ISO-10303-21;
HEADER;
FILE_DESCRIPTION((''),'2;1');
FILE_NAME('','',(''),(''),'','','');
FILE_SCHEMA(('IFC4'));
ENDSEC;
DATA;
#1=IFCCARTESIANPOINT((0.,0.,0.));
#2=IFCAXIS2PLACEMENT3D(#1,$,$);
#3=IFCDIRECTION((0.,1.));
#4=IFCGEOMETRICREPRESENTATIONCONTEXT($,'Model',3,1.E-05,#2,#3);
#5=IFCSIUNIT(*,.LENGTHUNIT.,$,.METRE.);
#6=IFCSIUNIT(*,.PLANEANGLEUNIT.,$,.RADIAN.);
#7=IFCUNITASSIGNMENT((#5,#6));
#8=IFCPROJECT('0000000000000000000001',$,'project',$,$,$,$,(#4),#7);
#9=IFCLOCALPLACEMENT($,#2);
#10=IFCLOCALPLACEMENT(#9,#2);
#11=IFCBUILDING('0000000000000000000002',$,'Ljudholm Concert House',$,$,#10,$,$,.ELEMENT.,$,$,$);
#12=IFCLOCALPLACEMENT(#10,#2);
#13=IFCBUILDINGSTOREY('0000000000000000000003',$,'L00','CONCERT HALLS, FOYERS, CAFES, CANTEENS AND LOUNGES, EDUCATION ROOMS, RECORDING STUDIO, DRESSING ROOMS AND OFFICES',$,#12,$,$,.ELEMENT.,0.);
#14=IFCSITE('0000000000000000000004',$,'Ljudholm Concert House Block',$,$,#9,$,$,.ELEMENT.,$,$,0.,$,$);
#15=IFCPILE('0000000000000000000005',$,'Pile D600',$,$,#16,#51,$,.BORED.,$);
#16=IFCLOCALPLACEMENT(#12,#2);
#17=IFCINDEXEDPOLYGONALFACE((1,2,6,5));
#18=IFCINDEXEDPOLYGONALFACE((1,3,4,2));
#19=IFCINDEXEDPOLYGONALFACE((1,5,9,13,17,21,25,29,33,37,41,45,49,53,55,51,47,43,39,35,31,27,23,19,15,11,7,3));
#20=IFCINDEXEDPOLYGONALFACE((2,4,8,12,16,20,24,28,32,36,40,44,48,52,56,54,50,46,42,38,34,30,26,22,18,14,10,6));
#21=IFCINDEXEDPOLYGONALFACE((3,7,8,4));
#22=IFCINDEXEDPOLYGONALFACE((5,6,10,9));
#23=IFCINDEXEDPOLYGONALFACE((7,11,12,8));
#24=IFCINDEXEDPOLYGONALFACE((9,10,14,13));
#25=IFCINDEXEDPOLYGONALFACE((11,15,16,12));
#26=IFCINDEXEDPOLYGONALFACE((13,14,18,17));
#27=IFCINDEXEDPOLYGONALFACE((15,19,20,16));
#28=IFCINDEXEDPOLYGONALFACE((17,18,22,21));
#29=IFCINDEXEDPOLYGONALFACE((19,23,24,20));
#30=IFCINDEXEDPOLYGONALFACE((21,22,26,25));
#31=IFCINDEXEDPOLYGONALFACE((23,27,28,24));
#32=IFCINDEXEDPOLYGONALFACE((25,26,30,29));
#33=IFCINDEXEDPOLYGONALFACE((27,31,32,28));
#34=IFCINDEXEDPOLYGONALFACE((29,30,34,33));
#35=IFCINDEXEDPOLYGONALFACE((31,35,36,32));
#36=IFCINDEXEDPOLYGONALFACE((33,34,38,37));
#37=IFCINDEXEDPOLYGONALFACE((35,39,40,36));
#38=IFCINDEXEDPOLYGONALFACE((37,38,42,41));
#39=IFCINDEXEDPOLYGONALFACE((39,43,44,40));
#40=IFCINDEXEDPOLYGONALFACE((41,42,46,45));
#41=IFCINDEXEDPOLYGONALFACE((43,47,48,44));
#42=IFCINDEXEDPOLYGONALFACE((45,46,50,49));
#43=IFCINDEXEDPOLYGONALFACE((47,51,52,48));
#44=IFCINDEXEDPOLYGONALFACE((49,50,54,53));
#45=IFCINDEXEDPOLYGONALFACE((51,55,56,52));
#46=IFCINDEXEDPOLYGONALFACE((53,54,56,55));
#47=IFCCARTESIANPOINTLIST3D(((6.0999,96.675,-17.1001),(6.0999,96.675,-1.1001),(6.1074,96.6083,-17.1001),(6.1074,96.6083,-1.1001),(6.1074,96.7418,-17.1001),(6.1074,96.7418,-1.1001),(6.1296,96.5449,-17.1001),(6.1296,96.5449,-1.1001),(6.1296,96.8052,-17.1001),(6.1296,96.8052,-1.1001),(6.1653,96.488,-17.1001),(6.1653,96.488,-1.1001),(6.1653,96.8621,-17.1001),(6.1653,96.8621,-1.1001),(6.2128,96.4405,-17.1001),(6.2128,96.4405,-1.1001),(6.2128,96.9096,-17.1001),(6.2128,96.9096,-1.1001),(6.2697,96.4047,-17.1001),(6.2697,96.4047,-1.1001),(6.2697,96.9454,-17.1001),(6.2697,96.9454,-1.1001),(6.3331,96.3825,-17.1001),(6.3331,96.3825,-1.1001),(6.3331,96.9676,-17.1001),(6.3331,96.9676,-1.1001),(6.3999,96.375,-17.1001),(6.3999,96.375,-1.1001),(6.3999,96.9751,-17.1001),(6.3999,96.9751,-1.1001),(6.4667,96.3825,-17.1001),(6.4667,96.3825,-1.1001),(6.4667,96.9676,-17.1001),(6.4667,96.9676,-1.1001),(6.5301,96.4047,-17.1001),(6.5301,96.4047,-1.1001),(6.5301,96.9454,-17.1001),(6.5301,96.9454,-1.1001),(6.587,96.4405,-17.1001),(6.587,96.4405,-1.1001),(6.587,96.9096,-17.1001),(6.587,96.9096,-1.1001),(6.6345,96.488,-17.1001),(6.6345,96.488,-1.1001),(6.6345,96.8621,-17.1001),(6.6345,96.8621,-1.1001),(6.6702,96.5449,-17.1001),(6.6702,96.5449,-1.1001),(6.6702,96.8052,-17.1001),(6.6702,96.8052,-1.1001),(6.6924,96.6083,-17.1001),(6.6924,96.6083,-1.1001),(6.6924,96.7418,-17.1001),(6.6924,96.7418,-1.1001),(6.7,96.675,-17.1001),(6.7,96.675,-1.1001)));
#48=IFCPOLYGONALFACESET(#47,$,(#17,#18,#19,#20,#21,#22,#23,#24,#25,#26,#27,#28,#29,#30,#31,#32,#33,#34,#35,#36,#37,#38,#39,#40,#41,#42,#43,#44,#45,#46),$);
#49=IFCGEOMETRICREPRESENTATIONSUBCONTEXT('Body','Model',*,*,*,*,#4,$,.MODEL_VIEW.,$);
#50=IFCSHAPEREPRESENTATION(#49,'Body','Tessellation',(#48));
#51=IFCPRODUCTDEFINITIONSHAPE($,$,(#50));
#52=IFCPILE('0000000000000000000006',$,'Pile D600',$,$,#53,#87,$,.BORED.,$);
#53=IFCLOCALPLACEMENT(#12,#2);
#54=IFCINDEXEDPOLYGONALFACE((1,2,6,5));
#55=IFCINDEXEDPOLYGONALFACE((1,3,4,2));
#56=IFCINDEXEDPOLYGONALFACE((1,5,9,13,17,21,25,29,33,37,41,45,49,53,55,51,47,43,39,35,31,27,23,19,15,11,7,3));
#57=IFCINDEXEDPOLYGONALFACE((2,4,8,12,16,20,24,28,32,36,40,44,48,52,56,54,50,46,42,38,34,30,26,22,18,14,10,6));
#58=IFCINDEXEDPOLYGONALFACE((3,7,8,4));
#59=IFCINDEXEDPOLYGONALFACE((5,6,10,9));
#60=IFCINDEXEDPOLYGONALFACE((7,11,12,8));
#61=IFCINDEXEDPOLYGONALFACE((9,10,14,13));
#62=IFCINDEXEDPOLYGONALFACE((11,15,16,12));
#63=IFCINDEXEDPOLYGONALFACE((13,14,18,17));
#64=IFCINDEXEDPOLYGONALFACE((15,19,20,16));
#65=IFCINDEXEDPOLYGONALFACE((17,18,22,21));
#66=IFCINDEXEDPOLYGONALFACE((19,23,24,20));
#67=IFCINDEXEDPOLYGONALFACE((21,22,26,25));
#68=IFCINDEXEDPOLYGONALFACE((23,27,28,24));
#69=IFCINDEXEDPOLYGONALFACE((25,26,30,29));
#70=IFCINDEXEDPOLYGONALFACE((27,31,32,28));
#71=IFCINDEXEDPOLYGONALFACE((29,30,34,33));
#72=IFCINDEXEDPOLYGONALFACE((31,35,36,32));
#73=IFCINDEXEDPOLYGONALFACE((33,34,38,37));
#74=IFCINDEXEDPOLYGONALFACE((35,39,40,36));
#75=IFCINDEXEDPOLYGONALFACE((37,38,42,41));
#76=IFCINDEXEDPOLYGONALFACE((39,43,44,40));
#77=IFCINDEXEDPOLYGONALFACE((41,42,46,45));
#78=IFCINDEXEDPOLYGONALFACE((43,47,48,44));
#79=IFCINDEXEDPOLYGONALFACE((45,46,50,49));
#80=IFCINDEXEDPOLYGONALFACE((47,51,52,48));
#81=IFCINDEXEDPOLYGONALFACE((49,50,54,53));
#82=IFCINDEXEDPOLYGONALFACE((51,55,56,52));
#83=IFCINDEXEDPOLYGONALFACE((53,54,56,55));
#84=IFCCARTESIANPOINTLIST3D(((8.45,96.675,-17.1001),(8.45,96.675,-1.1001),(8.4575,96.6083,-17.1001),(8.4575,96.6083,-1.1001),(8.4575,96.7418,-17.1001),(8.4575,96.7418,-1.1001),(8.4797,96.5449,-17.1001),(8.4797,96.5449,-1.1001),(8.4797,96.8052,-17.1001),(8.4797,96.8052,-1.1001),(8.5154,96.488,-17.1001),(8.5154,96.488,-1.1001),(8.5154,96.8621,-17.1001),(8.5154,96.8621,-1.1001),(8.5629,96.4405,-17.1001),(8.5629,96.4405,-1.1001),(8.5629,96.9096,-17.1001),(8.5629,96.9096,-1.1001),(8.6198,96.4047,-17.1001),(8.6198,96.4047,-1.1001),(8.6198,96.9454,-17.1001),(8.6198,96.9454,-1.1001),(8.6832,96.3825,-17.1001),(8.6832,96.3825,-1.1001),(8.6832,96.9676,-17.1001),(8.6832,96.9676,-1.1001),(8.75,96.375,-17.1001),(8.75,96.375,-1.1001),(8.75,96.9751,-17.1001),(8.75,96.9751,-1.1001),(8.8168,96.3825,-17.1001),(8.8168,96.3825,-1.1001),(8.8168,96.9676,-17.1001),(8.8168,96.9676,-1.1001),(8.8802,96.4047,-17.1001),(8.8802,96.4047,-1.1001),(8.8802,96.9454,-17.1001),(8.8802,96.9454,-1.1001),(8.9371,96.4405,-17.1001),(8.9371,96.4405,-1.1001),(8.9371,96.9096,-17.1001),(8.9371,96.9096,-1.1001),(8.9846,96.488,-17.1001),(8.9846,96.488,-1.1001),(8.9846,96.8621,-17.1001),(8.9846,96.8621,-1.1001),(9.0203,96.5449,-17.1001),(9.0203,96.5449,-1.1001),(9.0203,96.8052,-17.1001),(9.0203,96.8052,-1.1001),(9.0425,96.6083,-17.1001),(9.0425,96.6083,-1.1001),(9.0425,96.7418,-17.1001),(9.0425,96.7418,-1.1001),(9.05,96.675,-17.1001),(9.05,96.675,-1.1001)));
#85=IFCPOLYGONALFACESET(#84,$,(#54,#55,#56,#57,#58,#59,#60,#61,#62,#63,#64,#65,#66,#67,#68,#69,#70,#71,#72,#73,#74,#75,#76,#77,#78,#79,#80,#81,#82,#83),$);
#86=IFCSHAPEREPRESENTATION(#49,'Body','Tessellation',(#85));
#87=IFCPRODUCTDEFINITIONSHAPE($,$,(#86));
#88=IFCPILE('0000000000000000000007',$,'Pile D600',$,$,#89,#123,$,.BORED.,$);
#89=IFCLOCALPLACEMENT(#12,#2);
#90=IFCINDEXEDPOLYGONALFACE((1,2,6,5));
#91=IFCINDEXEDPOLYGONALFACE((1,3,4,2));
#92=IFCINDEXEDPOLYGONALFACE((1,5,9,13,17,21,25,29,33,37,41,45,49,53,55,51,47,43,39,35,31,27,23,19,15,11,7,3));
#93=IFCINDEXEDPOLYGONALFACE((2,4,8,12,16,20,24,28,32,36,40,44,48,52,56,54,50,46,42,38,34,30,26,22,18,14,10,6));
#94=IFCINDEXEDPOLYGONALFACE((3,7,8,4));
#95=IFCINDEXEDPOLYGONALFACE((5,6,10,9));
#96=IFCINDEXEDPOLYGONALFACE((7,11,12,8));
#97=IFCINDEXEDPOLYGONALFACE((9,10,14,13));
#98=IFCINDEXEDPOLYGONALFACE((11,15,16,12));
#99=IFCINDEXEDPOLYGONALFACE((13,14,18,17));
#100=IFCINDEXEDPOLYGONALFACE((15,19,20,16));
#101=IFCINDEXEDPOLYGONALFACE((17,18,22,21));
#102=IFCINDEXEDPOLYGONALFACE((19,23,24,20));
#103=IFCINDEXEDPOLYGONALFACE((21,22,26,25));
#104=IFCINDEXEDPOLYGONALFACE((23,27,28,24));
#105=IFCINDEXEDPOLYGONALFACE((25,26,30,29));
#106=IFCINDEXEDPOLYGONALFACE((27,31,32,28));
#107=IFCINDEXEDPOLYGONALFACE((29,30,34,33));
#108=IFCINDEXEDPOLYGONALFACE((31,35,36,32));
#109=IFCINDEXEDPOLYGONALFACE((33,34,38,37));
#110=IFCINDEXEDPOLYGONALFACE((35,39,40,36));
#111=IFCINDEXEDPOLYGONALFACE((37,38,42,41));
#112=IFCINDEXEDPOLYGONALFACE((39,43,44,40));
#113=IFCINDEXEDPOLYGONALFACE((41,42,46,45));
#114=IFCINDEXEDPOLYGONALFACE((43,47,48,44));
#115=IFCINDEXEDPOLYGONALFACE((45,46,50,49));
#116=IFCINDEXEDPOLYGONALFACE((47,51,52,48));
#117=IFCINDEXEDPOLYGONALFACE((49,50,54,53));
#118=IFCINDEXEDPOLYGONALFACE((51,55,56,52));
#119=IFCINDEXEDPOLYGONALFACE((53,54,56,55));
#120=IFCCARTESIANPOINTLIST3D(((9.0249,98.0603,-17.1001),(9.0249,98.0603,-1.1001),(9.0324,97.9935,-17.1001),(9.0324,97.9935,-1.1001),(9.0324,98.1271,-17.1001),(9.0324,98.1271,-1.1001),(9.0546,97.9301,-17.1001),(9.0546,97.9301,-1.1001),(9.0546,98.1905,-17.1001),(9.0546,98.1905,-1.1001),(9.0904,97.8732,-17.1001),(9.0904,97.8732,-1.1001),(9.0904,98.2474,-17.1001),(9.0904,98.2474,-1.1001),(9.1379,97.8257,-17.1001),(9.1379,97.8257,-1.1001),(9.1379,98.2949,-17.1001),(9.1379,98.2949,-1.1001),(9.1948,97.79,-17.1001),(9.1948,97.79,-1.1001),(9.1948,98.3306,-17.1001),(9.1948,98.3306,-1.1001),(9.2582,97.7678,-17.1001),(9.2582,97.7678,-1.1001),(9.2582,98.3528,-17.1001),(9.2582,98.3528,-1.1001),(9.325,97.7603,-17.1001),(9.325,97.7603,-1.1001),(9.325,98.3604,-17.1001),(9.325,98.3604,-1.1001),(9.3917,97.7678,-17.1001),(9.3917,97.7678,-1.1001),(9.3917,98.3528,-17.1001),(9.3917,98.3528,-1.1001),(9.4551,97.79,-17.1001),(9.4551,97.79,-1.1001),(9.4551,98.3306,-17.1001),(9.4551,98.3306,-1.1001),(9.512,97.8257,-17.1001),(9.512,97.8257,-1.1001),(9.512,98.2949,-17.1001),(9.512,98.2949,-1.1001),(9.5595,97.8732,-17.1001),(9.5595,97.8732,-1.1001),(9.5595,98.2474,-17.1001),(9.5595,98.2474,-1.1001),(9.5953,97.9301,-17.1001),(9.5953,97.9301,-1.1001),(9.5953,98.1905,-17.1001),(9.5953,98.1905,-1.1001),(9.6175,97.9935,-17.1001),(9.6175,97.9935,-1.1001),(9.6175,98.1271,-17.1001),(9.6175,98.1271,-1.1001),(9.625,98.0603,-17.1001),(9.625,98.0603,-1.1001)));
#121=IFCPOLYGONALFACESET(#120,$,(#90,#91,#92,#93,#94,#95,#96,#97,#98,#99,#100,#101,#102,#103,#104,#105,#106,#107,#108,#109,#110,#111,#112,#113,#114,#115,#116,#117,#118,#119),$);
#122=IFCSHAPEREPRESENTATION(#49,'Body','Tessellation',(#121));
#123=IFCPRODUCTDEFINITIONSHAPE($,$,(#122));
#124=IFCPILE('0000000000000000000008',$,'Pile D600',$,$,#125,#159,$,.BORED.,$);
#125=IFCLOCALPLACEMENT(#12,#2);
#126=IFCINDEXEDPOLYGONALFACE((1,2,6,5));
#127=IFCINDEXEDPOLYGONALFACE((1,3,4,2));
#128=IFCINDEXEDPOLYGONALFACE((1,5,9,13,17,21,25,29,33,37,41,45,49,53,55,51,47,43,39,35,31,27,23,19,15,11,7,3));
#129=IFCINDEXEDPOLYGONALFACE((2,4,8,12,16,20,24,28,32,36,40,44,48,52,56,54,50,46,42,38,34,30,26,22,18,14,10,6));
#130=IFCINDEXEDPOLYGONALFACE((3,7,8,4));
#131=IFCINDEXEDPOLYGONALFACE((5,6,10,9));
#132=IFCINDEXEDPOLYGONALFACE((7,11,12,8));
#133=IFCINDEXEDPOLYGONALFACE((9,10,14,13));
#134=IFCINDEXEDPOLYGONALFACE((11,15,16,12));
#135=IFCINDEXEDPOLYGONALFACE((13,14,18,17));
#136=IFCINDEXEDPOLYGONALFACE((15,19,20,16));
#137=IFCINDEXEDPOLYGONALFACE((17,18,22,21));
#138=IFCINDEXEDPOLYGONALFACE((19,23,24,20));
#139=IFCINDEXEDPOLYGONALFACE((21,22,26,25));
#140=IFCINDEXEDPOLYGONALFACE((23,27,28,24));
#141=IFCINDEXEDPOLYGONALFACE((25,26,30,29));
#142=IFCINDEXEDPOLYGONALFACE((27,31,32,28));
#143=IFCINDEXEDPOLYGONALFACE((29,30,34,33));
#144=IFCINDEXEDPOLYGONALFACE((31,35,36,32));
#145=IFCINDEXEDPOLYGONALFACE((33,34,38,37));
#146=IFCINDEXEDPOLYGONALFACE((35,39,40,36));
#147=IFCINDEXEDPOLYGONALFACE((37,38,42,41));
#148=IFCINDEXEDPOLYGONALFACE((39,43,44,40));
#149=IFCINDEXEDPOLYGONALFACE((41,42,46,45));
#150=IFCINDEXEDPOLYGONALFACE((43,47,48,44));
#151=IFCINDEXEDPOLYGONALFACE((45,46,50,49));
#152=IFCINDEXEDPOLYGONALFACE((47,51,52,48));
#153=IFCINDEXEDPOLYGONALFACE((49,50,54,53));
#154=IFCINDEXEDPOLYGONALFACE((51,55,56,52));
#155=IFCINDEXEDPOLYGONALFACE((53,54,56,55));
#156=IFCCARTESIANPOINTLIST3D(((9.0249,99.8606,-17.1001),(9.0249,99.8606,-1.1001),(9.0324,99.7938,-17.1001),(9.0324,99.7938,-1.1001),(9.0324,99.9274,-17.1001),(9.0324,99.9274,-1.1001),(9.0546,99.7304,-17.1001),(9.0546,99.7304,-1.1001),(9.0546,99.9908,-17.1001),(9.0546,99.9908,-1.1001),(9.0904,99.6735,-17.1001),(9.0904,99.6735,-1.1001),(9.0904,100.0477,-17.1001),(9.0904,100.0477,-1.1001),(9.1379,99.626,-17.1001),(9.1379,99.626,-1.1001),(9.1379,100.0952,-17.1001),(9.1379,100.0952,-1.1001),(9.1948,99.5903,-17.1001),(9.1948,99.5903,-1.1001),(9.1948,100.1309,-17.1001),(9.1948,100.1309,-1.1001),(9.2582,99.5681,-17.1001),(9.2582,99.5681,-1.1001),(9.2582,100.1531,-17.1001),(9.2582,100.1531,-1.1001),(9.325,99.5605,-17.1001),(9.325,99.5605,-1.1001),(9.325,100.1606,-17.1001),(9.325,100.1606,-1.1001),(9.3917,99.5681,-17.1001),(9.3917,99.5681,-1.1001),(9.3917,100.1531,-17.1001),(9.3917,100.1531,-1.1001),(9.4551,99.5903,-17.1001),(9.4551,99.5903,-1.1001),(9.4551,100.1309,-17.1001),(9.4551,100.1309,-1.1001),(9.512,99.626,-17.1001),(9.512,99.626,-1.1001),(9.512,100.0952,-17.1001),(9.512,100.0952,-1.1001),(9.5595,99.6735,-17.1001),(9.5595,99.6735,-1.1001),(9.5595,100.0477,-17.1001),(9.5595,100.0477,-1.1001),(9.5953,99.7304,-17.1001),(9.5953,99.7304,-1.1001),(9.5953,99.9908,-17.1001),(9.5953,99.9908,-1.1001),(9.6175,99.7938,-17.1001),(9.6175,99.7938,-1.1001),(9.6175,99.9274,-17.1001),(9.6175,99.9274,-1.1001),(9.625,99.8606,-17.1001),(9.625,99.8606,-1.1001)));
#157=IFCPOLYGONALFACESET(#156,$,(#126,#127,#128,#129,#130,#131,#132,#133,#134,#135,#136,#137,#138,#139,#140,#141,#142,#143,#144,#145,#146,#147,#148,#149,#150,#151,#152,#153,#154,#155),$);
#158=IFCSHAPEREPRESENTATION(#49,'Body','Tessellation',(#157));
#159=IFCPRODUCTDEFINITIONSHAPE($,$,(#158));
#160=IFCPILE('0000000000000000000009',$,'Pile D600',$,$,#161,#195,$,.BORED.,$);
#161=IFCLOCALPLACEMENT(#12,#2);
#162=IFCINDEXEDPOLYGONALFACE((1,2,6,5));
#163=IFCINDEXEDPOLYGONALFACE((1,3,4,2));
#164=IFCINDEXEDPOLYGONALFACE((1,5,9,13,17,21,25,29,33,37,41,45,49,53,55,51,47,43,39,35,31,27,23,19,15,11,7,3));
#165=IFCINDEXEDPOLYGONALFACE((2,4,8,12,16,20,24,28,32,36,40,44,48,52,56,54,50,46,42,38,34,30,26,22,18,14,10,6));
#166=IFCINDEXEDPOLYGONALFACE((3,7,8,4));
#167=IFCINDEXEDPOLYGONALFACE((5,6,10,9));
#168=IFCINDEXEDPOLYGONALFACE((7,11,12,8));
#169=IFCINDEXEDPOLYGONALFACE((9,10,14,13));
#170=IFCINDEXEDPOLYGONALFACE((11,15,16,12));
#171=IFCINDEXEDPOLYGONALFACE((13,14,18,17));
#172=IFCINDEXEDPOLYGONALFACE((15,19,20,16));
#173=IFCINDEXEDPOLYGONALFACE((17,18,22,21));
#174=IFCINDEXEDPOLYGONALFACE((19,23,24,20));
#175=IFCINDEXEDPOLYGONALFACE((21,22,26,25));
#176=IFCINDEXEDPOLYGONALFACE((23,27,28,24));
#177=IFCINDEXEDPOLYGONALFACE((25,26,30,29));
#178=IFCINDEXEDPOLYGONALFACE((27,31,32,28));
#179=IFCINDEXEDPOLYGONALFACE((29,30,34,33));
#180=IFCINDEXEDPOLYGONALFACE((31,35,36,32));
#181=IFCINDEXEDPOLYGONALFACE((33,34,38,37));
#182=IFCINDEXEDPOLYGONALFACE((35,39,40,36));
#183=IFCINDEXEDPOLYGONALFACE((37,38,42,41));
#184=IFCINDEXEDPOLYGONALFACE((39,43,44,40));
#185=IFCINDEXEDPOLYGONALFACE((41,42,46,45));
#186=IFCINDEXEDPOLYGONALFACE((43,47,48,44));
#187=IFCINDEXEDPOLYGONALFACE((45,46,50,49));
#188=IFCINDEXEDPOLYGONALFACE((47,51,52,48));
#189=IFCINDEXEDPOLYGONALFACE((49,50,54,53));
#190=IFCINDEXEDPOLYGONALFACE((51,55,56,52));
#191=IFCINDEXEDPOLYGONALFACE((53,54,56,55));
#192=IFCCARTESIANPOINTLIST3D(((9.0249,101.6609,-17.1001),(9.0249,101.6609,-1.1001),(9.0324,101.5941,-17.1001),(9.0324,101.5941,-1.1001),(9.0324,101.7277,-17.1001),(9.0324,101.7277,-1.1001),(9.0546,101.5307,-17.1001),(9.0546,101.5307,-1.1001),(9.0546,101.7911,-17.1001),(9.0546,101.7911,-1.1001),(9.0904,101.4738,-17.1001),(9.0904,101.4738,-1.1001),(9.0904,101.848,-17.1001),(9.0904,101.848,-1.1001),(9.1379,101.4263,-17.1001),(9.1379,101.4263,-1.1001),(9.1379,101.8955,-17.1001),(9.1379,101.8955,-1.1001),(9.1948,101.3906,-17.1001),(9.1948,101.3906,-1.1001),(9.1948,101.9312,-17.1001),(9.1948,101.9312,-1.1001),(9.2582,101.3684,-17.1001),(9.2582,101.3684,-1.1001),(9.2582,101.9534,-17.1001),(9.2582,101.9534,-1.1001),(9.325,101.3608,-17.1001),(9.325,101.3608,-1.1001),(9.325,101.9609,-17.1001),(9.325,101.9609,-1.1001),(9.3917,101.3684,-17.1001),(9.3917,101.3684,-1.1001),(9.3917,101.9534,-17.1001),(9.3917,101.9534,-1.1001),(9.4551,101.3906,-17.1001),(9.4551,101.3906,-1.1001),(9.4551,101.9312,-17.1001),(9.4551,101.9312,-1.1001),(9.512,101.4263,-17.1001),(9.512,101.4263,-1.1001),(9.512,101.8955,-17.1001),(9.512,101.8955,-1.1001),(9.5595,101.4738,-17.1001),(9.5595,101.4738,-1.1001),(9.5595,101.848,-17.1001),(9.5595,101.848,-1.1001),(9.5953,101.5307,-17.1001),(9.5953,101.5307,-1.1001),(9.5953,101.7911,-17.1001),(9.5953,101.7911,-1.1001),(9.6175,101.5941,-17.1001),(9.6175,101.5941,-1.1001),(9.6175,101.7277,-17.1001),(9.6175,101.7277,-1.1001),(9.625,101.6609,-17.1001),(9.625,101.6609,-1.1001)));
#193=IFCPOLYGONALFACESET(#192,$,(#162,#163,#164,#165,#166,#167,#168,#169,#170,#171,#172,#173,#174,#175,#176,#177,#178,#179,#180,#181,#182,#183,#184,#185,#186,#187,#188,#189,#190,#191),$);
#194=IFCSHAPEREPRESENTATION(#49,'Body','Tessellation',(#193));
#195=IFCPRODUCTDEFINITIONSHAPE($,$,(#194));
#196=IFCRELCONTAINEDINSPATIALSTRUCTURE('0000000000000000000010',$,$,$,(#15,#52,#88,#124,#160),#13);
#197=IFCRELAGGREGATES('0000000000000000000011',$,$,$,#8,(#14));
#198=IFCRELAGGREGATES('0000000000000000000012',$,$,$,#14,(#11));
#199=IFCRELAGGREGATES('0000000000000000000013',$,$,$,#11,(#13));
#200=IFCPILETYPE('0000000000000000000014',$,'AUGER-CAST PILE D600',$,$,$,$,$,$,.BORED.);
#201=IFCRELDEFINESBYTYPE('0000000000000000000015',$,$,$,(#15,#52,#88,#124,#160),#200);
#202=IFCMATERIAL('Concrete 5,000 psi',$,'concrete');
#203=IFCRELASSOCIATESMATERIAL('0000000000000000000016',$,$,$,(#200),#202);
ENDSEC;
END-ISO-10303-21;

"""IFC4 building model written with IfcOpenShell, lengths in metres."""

from ifc_helpers import new_model, si_unit, direction, frame, origin, origin_2d, place, context, subcontext, project, spatial, circle, extrude, material, material_profile, profile_set, type_object, element, save


model = new_model("IFC4")

# Units and contexts
model_context = context("Model", 3, precision=1e-05, world=origin(), true_north=direction((0.0, 1.0)))
body_context = subcontext(model_context, "Body", "Model", "MODEL_VIEW")
ifc_project = project(units=[si_unit("LENGTHUNIT", "METRE"), si_unit("PLANEANGLEUNIT", "RADIAN")], contexts=[model_context])

# Site, building, storey
site_placement = place(None, origin())
site = spatial("IfcSite", under=ifc_project, at=site_placement, Name="Ljudholm Concert House Block", CompositionType="ELEMENT", RefElevation=0.0)
building_placement = place(site_placement, origin())
building = spatial("IfcBuilding", under=site, at=building_placement, Name="Ljudholm Concert House", CompositionType="ELEMENT")
storey_placement = place(building_placement, origin())
storey = spatial("IfcBuildingStorey", under=building, at=storey_placement, Name="L00", Description="CONCERT HALLS, FOYERS, CAFES, CANTEENS AND LOUNGES, EDUCATION ROOMS, RECORDING STUDIO, DRESSING ROOMS AND OFFICES", CompositionType="ELEMENT", Elevation=0.0)

# Piles
ifc_material_1 = material(Name="Concrete 5,000 psi", Category="concrete")
ifc_material_profile_1 = material_profile(ifc_material_1, circle(Radius=0.3, at=origin_2d()), Name="AUGER-CAST PILE D600")
ifc_profile_set_1 = profile_set([ifc_material_profile_1], Name="Concrete 5,000 psi")
pile_type = type_object("IfcPileType", Name="AUGER-CAST PILE D600", PredefinedType="BORED", material=ifc_profile_set_1)
for number, where, z_axis, x_axis, name in (
    (1, (6.3999, 96.675, -1.1001), (0.0, 0.0, -1.0), (1.0, 0.0, 0.0), "Pile D600"),
    (2, (8.75, 96.675, -1.1001), (0.0, 0.0, -1.0), (1.0, 0.0, 0.0), "Pile D600"),
    (3, (9.325, 98.0603, -1.1001), (0.0, 0.0, -1.0), (1.0, 0.0, 0.0), "Pile D600"),
    (4, (9.325, 99.8606, -1.1001), (0.0, 0.0, -1.0), (1.0, 0.0, 0.0), "Pile D600"),
    (5, (9.325, 101.6609, -1.1001), (0.0, 0.0, -1.0), (1.0, 0.0, 0.0), "Pile D600"),
):
    element("IfcPile", number, at=place(storey_placement, frame(where, z_axis=z_axis, x_axis=x_axis)), inside=storey, type_object=pile_type, Name=name, PredefinedType="BORED", context=body_context, shape_type="SweptSolid", body=[
        extrude(circle(Radius=0.3, at=origin_2d()), origin(), (0.0, 0.0, 1.0), 16.0),
    ])

save(model, "model.ifc")
